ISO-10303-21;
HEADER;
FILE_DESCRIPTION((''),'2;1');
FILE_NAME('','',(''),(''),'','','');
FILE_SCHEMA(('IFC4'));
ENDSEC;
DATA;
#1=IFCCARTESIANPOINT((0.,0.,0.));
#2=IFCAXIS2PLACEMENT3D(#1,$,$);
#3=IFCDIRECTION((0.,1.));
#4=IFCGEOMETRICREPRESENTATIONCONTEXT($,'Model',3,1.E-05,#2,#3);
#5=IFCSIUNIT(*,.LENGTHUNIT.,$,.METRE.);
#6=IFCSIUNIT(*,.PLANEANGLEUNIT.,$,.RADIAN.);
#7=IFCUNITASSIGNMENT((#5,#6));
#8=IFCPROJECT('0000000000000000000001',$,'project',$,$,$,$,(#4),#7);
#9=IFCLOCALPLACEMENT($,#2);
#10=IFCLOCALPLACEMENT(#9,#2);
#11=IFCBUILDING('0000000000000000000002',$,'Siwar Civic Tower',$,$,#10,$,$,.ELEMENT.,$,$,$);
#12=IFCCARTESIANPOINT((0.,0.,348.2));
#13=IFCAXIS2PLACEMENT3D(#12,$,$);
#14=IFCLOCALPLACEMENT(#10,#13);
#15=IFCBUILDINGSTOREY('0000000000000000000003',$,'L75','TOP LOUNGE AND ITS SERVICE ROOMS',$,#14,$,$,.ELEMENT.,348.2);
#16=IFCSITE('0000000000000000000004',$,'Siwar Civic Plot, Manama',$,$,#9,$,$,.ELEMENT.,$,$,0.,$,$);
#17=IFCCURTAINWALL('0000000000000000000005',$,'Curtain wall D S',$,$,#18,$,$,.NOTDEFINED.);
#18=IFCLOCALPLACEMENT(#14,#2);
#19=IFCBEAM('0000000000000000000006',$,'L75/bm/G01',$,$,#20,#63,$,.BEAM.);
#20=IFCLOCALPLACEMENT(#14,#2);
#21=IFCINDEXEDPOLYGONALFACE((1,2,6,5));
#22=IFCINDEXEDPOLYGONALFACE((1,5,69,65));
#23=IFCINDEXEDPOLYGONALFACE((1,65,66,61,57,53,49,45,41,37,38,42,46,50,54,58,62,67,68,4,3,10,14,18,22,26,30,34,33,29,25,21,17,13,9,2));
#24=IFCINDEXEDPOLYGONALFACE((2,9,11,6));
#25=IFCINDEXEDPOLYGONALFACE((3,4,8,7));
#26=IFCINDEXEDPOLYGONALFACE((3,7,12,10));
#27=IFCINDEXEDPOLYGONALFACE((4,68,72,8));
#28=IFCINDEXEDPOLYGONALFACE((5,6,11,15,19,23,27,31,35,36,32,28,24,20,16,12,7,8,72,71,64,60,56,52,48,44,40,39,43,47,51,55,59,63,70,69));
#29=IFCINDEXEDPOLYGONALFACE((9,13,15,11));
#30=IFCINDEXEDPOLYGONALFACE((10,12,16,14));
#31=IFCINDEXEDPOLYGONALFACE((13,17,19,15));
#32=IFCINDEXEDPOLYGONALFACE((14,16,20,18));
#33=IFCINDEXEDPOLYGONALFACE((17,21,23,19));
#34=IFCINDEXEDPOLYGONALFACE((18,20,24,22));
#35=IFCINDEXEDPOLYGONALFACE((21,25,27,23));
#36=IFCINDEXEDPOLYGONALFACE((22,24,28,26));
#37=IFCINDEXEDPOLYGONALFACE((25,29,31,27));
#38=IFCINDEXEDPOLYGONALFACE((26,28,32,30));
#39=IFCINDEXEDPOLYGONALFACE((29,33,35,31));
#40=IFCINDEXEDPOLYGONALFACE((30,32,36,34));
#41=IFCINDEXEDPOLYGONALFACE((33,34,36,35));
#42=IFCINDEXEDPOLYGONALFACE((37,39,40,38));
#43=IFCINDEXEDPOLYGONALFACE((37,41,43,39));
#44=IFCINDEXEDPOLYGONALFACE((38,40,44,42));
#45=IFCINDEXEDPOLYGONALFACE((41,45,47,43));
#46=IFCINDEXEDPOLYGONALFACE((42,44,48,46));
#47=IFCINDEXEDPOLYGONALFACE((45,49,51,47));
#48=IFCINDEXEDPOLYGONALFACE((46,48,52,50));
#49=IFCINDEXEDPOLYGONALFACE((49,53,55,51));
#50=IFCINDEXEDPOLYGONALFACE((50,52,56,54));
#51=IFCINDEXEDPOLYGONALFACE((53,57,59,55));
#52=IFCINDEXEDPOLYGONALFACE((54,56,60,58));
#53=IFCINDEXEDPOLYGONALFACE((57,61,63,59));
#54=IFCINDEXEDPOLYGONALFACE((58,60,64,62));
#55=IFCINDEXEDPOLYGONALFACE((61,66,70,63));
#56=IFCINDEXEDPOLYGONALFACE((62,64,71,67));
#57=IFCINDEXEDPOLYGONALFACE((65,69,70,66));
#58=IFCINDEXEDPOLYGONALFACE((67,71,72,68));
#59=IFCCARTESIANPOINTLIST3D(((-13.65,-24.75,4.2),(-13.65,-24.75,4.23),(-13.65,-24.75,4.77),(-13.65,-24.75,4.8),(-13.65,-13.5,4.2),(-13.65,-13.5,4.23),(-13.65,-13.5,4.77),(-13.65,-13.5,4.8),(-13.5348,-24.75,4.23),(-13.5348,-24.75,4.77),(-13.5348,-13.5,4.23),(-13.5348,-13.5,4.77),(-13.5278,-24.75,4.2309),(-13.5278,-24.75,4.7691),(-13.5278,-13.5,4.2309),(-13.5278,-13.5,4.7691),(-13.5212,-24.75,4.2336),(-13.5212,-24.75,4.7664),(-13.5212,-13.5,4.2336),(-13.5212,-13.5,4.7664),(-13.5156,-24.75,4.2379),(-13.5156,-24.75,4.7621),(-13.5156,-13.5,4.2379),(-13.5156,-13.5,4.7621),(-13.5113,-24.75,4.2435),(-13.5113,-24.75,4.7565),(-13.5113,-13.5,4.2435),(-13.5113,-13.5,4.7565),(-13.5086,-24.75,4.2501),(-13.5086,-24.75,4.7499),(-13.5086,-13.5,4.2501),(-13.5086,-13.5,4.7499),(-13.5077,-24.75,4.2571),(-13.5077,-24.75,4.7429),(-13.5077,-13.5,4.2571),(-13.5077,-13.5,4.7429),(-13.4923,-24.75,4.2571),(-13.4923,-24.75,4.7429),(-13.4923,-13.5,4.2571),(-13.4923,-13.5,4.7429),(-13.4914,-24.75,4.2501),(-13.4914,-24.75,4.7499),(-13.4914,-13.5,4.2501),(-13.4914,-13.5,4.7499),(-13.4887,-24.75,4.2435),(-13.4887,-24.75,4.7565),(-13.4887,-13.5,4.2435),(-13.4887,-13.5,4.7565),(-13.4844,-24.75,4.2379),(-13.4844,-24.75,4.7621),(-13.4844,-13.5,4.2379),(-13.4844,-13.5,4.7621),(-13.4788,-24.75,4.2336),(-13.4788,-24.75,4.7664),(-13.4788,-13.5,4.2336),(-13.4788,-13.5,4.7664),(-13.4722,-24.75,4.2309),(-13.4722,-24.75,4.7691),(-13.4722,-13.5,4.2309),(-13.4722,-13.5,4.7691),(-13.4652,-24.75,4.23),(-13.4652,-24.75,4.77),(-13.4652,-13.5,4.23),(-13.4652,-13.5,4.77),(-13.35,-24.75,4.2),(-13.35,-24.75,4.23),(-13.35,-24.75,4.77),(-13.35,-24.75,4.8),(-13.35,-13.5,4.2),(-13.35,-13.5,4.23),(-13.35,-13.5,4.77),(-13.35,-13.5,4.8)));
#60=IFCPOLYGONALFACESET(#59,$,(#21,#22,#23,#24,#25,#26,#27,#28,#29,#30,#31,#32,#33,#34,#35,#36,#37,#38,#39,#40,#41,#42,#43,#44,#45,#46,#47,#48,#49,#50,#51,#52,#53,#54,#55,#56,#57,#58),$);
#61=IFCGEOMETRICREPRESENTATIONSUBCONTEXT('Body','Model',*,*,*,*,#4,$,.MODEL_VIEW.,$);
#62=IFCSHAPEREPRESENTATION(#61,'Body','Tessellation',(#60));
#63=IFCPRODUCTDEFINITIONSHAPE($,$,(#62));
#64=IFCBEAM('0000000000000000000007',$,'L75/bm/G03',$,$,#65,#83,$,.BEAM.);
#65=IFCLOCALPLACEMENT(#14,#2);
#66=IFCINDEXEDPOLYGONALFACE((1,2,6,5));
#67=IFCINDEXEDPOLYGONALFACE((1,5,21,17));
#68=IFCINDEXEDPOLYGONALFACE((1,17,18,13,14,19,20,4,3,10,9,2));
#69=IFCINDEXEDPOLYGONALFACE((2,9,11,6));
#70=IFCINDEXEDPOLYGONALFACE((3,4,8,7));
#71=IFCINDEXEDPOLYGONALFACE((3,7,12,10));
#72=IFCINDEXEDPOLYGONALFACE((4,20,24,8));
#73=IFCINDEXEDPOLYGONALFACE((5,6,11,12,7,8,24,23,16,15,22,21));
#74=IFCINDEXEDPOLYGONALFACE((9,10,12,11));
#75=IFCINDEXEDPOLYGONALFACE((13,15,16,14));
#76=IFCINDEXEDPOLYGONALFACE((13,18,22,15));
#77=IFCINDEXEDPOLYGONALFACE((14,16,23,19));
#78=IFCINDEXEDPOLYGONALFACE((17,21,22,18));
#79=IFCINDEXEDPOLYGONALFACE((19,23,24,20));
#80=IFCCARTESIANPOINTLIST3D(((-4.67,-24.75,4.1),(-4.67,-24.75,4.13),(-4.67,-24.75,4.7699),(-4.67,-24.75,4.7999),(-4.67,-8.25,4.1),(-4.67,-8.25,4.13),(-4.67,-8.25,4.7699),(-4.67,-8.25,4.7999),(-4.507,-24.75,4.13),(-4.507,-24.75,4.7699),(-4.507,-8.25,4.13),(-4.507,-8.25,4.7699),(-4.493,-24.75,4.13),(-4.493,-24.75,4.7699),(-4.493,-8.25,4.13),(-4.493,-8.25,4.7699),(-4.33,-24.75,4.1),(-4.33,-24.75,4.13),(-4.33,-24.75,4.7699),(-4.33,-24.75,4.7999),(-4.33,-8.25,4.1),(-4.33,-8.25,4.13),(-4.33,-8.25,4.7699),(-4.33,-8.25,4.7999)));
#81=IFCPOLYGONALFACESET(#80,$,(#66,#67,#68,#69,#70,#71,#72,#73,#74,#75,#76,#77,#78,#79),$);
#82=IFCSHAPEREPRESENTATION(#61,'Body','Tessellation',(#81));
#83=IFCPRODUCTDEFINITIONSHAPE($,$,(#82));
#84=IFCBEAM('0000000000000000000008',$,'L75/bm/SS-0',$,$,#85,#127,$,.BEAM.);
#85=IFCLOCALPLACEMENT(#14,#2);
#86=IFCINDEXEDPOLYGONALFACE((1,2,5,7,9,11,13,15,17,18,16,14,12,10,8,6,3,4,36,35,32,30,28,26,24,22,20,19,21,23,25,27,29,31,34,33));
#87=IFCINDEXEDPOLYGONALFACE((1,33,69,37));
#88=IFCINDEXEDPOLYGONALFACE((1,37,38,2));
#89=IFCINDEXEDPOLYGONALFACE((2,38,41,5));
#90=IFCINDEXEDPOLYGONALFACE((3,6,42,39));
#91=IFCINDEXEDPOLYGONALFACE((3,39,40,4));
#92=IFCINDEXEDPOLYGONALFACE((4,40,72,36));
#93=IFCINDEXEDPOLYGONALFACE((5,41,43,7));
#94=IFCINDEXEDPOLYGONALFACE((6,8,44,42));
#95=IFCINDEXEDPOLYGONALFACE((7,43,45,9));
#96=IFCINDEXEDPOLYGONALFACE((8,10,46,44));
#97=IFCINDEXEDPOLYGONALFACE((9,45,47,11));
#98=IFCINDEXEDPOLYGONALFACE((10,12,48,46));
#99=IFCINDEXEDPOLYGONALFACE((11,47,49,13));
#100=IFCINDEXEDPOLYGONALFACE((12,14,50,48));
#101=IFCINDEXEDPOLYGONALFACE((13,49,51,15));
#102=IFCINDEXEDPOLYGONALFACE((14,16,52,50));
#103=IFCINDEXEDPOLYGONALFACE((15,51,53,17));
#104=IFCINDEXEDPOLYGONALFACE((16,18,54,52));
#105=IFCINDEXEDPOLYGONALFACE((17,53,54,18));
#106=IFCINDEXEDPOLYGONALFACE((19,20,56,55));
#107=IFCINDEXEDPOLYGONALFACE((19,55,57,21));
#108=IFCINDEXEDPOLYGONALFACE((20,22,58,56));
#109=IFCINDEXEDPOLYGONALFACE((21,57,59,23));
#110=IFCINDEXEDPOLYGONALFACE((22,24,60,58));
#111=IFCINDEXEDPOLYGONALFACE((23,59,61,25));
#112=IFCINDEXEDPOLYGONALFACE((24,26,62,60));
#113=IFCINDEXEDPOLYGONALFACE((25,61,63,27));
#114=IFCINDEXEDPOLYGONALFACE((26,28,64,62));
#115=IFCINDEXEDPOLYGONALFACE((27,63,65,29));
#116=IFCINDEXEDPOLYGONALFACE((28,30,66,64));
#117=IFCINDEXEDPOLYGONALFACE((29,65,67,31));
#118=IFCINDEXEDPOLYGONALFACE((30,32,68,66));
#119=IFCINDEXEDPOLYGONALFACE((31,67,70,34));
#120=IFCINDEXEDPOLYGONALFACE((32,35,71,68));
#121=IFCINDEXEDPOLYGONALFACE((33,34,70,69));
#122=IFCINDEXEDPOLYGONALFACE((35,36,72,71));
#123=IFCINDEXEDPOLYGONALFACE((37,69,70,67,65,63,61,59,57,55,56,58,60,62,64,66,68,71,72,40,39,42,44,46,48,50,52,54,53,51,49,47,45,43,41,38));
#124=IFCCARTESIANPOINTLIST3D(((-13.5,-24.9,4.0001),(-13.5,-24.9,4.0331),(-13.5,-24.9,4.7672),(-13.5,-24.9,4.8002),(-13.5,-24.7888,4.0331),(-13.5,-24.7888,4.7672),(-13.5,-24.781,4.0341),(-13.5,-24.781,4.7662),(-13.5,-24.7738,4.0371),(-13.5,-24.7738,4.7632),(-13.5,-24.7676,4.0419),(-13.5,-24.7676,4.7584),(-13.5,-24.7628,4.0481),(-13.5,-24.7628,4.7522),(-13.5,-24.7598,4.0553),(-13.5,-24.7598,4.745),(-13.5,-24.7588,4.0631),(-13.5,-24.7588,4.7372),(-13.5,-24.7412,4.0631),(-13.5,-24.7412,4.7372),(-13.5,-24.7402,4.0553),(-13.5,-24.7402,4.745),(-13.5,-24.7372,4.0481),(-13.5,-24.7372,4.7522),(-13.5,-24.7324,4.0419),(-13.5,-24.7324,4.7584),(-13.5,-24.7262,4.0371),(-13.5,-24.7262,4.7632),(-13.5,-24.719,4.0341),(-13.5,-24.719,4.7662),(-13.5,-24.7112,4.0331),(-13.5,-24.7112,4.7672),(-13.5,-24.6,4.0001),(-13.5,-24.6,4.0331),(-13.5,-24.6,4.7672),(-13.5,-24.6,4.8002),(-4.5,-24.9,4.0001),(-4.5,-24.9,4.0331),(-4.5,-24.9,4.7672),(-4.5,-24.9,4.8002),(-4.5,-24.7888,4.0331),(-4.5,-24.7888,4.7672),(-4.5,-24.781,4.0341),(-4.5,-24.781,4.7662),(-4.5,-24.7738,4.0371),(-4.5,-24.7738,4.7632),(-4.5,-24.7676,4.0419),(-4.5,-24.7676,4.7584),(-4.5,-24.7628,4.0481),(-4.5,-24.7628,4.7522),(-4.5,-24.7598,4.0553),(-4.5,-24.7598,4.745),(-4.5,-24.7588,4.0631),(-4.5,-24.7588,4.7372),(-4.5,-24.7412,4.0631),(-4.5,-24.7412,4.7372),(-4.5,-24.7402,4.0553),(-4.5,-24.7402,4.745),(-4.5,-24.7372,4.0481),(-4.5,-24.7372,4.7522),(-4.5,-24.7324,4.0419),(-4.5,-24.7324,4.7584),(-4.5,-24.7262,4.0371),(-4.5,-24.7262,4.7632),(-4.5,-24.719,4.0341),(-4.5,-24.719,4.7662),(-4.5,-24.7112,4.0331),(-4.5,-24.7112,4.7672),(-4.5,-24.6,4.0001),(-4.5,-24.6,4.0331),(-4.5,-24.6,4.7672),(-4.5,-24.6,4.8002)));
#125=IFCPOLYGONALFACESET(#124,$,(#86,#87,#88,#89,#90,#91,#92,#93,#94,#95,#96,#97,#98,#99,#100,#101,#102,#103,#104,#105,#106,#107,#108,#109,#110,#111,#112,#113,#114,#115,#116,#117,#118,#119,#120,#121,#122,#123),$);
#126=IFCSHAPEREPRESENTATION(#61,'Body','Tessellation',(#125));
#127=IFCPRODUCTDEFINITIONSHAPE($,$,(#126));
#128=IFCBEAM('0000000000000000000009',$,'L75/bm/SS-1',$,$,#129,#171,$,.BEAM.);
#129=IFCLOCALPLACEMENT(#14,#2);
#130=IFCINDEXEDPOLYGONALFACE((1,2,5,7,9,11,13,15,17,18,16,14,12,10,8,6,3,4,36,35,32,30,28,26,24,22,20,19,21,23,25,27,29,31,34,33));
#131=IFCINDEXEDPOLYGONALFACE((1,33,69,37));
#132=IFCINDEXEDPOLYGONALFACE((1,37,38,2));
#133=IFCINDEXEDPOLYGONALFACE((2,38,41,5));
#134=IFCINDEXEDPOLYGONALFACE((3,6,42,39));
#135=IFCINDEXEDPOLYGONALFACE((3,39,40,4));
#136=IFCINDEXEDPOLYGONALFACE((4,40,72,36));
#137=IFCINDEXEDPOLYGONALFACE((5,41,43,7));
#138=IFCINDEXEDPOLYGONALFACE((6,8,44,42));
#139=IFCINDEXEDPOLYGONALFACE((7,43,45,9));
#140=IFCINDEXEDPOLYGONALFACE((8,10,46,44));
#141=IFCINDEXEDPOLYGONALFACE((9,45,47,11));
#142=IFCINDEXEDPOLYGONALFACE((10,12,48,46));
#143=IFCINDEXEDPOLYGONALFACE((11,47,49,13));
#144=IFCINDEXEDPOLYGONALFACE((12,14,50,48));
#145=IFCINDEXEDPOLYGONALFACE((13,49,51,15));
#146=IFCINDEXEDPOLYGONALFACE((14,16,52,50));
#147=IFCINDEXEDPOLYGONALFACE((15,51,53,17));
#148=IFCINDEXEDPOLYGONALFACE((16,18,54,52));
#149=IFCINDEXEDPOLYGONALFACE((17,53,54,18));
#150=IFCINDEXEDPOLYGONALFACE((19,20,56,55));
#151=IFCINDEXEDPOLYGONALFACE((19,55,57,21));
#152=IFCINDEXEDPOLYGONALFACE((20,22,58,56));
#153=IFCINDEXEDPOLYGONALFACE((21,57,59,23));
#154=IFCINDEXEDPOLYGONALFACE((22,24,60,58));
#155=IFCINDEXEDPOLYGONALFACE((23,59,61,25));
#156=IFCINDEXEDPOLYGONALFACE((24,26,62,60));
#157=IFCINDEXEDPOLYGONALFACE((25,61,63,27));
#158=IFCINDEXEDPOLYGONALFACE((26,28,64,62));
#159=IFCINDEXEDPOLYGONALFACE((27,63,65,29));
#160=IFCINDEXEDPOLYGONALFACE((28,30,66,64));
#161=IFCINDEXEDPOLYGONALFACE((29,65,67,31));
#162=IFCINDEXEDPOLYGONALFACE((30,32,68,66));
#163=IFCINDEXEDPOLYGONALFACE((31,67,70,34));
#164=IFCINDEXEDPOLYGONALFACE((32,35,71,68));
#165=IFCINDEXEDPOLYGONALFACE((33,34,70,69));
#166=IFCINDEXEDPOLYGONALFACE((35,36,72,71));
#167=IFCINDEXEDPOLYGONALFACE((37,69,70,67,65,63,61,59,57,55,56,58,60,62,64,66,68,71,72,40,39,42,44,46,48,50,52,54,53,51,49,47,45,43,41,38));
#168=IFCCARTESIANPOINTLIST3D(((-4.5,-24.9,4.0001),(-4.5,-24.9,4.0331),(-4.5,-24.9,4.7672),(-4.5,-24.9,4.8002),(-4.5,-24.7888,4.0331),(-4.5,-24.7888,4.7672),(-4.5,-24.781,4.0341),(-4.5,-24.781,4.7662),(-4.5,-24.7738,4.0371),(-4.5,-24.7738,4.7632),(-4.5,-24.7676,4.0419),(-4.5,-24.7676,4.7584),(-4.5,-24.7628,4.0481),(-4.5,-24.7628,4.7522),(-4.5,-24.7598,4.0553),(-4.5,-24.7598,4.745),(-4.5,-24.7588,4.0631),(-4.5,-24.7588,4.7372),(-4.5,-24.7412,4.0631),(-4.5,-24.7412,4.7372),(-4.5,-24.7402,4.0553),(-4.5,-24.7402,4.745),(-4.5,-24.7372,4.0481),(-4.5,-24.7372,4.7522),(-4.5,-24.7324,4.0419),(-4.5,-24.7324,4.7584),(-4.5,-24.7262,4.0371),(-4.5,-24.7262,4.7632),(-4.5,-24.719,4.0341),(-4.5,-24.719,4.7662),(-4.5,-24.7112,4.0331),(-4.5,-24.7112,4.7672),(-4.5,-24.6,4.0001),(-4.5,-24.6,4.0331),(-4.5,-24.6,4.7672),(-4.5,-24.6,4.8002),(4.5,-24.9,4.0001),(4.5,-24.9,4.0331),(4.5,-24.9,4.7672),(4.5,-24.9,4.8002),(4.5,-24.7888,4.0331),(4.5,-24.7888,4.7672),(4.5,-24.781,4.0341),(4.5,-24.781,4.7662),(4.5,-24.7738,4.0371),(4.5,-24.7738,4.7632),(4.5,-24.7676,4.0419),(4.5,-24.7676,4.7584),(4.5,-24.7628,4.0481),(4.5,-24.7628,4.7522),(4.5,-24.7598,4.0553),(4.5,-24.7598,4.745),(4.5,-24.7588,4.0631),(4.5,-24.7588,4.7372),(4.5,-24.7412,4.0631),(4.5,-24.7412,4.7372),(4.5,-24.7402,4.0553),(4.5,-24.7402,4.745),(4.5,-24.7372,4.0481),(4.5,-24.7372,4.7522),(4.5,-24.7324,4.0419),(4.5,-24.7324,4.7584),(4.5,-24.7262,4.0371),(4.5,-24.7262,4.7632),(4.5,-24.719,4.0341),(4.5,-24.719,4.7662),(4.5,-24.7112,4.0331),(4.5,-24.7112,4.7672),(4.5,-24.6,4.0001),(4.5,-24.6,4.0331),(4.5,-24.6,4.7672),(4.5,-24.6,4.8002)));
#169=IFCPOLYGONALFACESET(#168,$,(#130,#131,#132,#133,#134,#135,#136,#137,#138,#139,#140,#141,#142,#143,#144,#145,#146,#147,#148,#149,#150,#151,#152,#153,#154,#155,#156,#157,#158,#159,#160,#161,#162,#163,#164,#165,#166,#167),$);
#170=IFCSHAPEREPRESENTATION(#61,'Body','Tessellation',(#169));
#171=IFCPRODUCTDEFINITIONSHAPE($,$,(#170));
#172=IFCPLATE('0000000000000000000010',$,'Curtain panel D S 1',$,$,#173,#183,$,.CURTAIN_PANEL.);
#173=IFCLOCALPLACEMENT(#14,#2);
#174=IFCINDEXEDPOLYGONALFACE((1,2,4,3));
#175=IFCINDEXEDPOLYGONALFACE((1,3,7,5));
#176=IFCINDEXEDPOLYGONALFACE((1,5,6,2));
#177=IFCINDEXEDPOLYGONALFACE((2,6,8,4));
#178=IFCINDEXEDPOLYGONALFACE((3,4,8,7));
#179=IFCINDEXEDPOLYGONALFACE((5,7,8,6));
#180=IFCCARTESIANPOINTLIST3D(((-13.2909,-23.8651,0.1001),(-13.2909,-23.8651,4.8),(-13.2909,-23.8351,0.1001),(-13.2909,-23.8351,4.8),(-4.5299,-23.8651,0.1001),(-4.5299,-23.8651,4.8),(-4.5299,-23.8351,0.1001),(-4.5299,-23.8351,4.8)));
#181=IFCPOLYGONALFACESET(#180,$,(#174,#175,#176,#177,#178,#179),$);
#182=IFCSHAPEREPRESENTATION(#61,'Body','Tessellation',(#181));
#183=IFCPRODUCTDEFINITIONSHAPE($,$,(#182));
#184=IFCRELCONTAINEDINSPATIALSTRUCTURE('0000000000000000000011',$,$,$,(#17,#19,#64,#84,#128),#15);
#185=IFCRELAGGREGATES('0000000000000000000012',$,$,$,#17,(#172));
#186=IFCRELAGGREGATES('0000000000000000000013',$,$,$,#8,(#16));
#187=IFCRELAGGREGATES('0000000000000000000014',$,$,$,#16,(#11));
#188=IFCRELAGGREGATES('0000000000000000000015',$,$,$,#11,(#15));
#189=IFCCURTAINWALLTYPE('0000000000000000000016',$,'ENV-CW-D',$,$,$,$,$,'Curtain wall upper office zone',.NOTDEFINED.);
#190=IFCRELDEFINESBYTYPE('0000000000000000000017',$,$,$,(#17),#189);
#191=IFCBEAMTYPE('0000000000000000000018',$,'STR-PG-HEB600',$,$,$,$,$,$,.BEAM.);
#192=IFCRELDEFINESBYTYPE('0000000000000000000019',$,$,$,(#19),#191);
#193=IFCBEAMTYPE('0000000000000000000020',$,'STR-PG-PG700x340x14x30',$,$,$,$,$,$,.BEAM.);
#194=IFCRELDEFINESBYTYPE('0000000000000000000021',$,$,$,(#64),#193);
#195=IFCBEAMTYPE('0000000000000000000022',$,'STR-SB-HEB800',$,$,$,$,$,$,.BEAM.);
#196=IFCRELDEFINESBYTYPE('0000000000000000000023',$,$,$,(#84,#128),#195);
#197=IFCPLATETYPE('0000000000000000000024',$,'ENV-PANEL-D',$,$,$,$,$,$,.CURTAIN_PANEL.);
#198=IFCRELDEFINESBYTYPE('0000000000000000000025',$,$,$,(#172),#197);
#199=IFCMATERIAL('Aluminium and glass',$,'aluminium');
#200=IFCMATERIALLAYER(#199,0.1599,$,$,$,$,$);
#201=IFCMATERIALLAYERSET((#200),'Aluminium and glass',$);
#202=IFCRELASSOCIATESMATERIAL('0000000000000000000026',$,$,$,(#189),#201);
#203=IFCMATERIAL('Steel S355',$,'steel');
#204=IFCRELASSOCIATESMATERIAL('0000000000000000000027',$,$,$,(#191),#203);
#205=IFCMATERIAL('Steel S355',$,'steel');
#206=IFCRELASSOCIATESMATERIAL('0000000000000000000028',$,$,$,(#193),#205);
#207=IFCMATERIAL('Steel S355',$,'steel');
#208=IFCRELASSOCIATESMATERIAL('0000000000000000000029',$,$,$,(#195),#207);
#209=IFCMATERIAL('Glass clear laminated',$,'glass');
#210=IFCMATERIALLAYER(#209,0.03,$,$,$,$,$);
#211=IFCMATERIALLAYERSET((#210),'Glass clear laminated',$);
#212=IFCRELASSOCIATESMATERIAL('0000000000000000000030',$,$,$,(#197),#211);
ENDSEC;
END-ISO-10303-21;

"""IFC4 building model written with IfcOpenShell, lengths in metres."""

from ifc_helpers import new_model, si_unit, direction, frame, origin, origin_2d, place, context, subcontext, project, spatial, rectangle, i_section, extrude, material, layer, layer_set, material_profile, profile_set, type_object, element, aggregate, save


model = new_model("IFC4")

# Units and contexts
model_context = context("Model", 3, precision=1e-05, world=origin(), true_north=direction((0.0, 1.0)))
body_context = subcontext(model_context, "Body", "Model", "MODEL_VIEW")
ifc_project = project(units=[si_unit("LENGTHUNIT", "METRE"), si_unit("PLANEANGLEUNIT", "RADIAN")], contexts=[model_context])

# Site, building, storey
site_placement = place(None, origin())
site = spatial("IfcSite", under=ifc_project, at=site_placement, Name="Siwar Civic Plot, Manama", CompositionType="ELEMENT", RefElevation=0.0)
building_placement = place(site_placement, origin())
building = spatial("IfcBuilding", under=site, at=building_placement, Name="Siwar Civic Tower", CompositionType="ELEMENT")
storey_placement = place(building_placement, frame((0.0, 0.0, 348.2)))
storey = spatial("IfcBuildingStorey", under=building, at=storey_placement, Name="L75", Description="TOP LOUNGE AND ITS SERVICE ROOMS", CompositionType="ELEMENT", Elevation=348.2)

# Curtain wall
ifc_material_1 = material(Name="Aluminium and glass", Category="aluminium")
ifc_layer_1 = layer(ifc_material_1, 0.1599)
ifc_layer_set_1 = layer_set([ifc_layer_1], Name="Aluminium and glass")
curtain_wall_type = type_object("IfcCurtainWallType", Name="ENV-CW-D", ElementType="Curtain wall upper office zone", PredefinedType="NOTDEFINED", material=ifc_layer_set_1)
curtain_wall_placement = place(storey_placement, origin())
curtain_wall = element("IfcCurtainWall", 1, at=curtain_wall_placement, inside=storey, type_object=curtain_wall_type, Name="Curtain wall D S", PredefinedType="NOTDEFINED")

# Beams
ifc_material_2 = material(Name="Steel S355", Category="steel")
ifc_material_profile_1 = material_profile(ifc_material_2, i_section(OverallWidth=0.3, OverallDepth=0.6001, WebThickness=0.0154, FlangeThickness=0.03, FilletRadius=0.0271, at=origin_2d()), Name="HEB600")
ifc_profile_set_1 = profile_set([ifc_material_profile_1], Name="Steel S355")
beam_type_1 = type_object("IfcBeamType", Name="STR-PG-HEB600", PredefinedType="BEAM", material=ifc_profile_set_1)
beam_1_placement = place(storey_placement, frame((-13.5, -24.75, 4.5), z_axis=(0.0, 1.0, 0.0), x_axis=(-1.0, 0.0, 0.0)))
element("IfcBeam", 2, at=beam_1_placement, inside=storey, type_object=beam_type_1, Name="L75/bm/G01", PredefinedType="BEAM", context=body_context, shape_type="SweptSolid", body=[
    extrude(i_section(OverallWidth=0.3, OverallDepth=0.6001, WebThickness=0.0154, FlangeThickness=0.03, FilletRadius=0.0271, at=origin_2d()), origin(), (0.0, 0.0, 1.0), 11.25),
])
ifc_material_3 = material(Name="Steel S355", Category="steel")
ifc_material_profile_2 = material_profile(ifc_material_3, i_section(OverallWidth=0.3401, OverallDepth=0.7, WebThickness=0.0139, FlangeThickness=0.03, at=origin_2d()), Name="PG700x340x14x30")
ifc_profile_set_2 = profile_set([ifc_material_profile_2], Name="Steel S355")
beam_type_2 = type_object("IfcBeamType", Name="STR-PG-PG700x340x14x30", PredefinedType="BEAM", material=ifc_profile_set_2)
beam_2_placement = place(storey_placement, frame((-4.5, -24.75, 4.45), z_axis=(0.0, 1.0, 0.0), x_axis=(-1.0, 0.0, 0.0)))
element("IfcBeam", 3, at=beam_2_placement, inside=storey, type_object=beam_type_2, Name="L75/bm/G03", PredefinedType="BEAM", context=body_context, shape_type="SweptSolid", body=[
    extrude(i_section(OverallWidth=0.3401, OverallDepth=0.7, WebThickness=0.0139, FlangeThickness=0.03, at=origin_2d()), origin(), (0.0, 0.0, 1.0), 16.5),
])
ifc_material_4 = material(Name="Steel S355", Category="steel")
ifc_material_profile_3 = material_profile(ifc_material_4, i_section(OverallWidth=0.3, OverallDepth=0.8, WebThickness=0.0176, FlangeThickness=0.033, FilletRadius=0.03, at=origin_2d()), Name="HEB800")
ifc_profile_set_3 = profile_set([ifc_material_profile_3], Name="Steel S355")
beam_type_3 = type_object("IfcBeamType", Name="STR-SB-HEB800", PredefinedType="BEAM", material=ifc_profile_set_3)
for number, where, z_axis, x_axis, name in (
    (4, (-13.5, -24.75, 4.4001), (1.0, 0.0, 0.0), (0.0, 1.0, 0.0), "L75/bm/SS-0"),
    (5, (-4.5, -24.75, 4.4001), (1.0, 0.0, 0.0), (0.0, 1.0, 0.0), "L75/bm/SS-1"),
):
    element("IfcBeam", number, at=place(storey_placement, frame(where, z_axis=z_axis, x_axis=x_axis)), inside=storey, type_object=beam_type_3, Name=name, PredefinedType="BEAM", context=body_context, shape_type="SweptSolid", body=[
        extrude(i_section(OverallWidth=0.3, OverallDepth=0.8, WebThickness=0.0176, FlangeThickness=0.033, FilletRadius=0.03, at=origin_2d()), origin(), (0.0, 0.0, 1.0), 9.0),
    ])

# Plate
ifc_material_5 = material(Name="Glass clear laminated", Category="glass")
ifc_layer_2 = layer(ifc_material_5, 0.03)
ifc_layer_set_2 = layer_set([ifc_layer_2], Name="Glass clear laminated")
plate_type = type_object("IfcPlateType", Name="ENV-PANEL-D", PredefinedType="CURTAIN_PANEL", material=ifc_layer_set_2)
plate_placement = place(storey_placement, frame((-8.9104, -23.8501, 0.1001), z_axis=(0.0, 0.0, 1.0), x_axis=(1.0, 0.0, 0.0)))
plate = element("IfcPlate", 6, at=plate_placement, type_object=plate_type, Name="Curtain panel D S 1", PredefinedType="CURTAIN_PANEL", context=body_context, shape_type="SweptSolid", body=[
    extrude(rectangle(XDim=8.761, YDim=0.03, at=origin_2d()), origin(), (0.0, 0.0, 1.0), 4.7),
])
aggregate(curtain_wall, [plate])

save(model, "model.ifc")
